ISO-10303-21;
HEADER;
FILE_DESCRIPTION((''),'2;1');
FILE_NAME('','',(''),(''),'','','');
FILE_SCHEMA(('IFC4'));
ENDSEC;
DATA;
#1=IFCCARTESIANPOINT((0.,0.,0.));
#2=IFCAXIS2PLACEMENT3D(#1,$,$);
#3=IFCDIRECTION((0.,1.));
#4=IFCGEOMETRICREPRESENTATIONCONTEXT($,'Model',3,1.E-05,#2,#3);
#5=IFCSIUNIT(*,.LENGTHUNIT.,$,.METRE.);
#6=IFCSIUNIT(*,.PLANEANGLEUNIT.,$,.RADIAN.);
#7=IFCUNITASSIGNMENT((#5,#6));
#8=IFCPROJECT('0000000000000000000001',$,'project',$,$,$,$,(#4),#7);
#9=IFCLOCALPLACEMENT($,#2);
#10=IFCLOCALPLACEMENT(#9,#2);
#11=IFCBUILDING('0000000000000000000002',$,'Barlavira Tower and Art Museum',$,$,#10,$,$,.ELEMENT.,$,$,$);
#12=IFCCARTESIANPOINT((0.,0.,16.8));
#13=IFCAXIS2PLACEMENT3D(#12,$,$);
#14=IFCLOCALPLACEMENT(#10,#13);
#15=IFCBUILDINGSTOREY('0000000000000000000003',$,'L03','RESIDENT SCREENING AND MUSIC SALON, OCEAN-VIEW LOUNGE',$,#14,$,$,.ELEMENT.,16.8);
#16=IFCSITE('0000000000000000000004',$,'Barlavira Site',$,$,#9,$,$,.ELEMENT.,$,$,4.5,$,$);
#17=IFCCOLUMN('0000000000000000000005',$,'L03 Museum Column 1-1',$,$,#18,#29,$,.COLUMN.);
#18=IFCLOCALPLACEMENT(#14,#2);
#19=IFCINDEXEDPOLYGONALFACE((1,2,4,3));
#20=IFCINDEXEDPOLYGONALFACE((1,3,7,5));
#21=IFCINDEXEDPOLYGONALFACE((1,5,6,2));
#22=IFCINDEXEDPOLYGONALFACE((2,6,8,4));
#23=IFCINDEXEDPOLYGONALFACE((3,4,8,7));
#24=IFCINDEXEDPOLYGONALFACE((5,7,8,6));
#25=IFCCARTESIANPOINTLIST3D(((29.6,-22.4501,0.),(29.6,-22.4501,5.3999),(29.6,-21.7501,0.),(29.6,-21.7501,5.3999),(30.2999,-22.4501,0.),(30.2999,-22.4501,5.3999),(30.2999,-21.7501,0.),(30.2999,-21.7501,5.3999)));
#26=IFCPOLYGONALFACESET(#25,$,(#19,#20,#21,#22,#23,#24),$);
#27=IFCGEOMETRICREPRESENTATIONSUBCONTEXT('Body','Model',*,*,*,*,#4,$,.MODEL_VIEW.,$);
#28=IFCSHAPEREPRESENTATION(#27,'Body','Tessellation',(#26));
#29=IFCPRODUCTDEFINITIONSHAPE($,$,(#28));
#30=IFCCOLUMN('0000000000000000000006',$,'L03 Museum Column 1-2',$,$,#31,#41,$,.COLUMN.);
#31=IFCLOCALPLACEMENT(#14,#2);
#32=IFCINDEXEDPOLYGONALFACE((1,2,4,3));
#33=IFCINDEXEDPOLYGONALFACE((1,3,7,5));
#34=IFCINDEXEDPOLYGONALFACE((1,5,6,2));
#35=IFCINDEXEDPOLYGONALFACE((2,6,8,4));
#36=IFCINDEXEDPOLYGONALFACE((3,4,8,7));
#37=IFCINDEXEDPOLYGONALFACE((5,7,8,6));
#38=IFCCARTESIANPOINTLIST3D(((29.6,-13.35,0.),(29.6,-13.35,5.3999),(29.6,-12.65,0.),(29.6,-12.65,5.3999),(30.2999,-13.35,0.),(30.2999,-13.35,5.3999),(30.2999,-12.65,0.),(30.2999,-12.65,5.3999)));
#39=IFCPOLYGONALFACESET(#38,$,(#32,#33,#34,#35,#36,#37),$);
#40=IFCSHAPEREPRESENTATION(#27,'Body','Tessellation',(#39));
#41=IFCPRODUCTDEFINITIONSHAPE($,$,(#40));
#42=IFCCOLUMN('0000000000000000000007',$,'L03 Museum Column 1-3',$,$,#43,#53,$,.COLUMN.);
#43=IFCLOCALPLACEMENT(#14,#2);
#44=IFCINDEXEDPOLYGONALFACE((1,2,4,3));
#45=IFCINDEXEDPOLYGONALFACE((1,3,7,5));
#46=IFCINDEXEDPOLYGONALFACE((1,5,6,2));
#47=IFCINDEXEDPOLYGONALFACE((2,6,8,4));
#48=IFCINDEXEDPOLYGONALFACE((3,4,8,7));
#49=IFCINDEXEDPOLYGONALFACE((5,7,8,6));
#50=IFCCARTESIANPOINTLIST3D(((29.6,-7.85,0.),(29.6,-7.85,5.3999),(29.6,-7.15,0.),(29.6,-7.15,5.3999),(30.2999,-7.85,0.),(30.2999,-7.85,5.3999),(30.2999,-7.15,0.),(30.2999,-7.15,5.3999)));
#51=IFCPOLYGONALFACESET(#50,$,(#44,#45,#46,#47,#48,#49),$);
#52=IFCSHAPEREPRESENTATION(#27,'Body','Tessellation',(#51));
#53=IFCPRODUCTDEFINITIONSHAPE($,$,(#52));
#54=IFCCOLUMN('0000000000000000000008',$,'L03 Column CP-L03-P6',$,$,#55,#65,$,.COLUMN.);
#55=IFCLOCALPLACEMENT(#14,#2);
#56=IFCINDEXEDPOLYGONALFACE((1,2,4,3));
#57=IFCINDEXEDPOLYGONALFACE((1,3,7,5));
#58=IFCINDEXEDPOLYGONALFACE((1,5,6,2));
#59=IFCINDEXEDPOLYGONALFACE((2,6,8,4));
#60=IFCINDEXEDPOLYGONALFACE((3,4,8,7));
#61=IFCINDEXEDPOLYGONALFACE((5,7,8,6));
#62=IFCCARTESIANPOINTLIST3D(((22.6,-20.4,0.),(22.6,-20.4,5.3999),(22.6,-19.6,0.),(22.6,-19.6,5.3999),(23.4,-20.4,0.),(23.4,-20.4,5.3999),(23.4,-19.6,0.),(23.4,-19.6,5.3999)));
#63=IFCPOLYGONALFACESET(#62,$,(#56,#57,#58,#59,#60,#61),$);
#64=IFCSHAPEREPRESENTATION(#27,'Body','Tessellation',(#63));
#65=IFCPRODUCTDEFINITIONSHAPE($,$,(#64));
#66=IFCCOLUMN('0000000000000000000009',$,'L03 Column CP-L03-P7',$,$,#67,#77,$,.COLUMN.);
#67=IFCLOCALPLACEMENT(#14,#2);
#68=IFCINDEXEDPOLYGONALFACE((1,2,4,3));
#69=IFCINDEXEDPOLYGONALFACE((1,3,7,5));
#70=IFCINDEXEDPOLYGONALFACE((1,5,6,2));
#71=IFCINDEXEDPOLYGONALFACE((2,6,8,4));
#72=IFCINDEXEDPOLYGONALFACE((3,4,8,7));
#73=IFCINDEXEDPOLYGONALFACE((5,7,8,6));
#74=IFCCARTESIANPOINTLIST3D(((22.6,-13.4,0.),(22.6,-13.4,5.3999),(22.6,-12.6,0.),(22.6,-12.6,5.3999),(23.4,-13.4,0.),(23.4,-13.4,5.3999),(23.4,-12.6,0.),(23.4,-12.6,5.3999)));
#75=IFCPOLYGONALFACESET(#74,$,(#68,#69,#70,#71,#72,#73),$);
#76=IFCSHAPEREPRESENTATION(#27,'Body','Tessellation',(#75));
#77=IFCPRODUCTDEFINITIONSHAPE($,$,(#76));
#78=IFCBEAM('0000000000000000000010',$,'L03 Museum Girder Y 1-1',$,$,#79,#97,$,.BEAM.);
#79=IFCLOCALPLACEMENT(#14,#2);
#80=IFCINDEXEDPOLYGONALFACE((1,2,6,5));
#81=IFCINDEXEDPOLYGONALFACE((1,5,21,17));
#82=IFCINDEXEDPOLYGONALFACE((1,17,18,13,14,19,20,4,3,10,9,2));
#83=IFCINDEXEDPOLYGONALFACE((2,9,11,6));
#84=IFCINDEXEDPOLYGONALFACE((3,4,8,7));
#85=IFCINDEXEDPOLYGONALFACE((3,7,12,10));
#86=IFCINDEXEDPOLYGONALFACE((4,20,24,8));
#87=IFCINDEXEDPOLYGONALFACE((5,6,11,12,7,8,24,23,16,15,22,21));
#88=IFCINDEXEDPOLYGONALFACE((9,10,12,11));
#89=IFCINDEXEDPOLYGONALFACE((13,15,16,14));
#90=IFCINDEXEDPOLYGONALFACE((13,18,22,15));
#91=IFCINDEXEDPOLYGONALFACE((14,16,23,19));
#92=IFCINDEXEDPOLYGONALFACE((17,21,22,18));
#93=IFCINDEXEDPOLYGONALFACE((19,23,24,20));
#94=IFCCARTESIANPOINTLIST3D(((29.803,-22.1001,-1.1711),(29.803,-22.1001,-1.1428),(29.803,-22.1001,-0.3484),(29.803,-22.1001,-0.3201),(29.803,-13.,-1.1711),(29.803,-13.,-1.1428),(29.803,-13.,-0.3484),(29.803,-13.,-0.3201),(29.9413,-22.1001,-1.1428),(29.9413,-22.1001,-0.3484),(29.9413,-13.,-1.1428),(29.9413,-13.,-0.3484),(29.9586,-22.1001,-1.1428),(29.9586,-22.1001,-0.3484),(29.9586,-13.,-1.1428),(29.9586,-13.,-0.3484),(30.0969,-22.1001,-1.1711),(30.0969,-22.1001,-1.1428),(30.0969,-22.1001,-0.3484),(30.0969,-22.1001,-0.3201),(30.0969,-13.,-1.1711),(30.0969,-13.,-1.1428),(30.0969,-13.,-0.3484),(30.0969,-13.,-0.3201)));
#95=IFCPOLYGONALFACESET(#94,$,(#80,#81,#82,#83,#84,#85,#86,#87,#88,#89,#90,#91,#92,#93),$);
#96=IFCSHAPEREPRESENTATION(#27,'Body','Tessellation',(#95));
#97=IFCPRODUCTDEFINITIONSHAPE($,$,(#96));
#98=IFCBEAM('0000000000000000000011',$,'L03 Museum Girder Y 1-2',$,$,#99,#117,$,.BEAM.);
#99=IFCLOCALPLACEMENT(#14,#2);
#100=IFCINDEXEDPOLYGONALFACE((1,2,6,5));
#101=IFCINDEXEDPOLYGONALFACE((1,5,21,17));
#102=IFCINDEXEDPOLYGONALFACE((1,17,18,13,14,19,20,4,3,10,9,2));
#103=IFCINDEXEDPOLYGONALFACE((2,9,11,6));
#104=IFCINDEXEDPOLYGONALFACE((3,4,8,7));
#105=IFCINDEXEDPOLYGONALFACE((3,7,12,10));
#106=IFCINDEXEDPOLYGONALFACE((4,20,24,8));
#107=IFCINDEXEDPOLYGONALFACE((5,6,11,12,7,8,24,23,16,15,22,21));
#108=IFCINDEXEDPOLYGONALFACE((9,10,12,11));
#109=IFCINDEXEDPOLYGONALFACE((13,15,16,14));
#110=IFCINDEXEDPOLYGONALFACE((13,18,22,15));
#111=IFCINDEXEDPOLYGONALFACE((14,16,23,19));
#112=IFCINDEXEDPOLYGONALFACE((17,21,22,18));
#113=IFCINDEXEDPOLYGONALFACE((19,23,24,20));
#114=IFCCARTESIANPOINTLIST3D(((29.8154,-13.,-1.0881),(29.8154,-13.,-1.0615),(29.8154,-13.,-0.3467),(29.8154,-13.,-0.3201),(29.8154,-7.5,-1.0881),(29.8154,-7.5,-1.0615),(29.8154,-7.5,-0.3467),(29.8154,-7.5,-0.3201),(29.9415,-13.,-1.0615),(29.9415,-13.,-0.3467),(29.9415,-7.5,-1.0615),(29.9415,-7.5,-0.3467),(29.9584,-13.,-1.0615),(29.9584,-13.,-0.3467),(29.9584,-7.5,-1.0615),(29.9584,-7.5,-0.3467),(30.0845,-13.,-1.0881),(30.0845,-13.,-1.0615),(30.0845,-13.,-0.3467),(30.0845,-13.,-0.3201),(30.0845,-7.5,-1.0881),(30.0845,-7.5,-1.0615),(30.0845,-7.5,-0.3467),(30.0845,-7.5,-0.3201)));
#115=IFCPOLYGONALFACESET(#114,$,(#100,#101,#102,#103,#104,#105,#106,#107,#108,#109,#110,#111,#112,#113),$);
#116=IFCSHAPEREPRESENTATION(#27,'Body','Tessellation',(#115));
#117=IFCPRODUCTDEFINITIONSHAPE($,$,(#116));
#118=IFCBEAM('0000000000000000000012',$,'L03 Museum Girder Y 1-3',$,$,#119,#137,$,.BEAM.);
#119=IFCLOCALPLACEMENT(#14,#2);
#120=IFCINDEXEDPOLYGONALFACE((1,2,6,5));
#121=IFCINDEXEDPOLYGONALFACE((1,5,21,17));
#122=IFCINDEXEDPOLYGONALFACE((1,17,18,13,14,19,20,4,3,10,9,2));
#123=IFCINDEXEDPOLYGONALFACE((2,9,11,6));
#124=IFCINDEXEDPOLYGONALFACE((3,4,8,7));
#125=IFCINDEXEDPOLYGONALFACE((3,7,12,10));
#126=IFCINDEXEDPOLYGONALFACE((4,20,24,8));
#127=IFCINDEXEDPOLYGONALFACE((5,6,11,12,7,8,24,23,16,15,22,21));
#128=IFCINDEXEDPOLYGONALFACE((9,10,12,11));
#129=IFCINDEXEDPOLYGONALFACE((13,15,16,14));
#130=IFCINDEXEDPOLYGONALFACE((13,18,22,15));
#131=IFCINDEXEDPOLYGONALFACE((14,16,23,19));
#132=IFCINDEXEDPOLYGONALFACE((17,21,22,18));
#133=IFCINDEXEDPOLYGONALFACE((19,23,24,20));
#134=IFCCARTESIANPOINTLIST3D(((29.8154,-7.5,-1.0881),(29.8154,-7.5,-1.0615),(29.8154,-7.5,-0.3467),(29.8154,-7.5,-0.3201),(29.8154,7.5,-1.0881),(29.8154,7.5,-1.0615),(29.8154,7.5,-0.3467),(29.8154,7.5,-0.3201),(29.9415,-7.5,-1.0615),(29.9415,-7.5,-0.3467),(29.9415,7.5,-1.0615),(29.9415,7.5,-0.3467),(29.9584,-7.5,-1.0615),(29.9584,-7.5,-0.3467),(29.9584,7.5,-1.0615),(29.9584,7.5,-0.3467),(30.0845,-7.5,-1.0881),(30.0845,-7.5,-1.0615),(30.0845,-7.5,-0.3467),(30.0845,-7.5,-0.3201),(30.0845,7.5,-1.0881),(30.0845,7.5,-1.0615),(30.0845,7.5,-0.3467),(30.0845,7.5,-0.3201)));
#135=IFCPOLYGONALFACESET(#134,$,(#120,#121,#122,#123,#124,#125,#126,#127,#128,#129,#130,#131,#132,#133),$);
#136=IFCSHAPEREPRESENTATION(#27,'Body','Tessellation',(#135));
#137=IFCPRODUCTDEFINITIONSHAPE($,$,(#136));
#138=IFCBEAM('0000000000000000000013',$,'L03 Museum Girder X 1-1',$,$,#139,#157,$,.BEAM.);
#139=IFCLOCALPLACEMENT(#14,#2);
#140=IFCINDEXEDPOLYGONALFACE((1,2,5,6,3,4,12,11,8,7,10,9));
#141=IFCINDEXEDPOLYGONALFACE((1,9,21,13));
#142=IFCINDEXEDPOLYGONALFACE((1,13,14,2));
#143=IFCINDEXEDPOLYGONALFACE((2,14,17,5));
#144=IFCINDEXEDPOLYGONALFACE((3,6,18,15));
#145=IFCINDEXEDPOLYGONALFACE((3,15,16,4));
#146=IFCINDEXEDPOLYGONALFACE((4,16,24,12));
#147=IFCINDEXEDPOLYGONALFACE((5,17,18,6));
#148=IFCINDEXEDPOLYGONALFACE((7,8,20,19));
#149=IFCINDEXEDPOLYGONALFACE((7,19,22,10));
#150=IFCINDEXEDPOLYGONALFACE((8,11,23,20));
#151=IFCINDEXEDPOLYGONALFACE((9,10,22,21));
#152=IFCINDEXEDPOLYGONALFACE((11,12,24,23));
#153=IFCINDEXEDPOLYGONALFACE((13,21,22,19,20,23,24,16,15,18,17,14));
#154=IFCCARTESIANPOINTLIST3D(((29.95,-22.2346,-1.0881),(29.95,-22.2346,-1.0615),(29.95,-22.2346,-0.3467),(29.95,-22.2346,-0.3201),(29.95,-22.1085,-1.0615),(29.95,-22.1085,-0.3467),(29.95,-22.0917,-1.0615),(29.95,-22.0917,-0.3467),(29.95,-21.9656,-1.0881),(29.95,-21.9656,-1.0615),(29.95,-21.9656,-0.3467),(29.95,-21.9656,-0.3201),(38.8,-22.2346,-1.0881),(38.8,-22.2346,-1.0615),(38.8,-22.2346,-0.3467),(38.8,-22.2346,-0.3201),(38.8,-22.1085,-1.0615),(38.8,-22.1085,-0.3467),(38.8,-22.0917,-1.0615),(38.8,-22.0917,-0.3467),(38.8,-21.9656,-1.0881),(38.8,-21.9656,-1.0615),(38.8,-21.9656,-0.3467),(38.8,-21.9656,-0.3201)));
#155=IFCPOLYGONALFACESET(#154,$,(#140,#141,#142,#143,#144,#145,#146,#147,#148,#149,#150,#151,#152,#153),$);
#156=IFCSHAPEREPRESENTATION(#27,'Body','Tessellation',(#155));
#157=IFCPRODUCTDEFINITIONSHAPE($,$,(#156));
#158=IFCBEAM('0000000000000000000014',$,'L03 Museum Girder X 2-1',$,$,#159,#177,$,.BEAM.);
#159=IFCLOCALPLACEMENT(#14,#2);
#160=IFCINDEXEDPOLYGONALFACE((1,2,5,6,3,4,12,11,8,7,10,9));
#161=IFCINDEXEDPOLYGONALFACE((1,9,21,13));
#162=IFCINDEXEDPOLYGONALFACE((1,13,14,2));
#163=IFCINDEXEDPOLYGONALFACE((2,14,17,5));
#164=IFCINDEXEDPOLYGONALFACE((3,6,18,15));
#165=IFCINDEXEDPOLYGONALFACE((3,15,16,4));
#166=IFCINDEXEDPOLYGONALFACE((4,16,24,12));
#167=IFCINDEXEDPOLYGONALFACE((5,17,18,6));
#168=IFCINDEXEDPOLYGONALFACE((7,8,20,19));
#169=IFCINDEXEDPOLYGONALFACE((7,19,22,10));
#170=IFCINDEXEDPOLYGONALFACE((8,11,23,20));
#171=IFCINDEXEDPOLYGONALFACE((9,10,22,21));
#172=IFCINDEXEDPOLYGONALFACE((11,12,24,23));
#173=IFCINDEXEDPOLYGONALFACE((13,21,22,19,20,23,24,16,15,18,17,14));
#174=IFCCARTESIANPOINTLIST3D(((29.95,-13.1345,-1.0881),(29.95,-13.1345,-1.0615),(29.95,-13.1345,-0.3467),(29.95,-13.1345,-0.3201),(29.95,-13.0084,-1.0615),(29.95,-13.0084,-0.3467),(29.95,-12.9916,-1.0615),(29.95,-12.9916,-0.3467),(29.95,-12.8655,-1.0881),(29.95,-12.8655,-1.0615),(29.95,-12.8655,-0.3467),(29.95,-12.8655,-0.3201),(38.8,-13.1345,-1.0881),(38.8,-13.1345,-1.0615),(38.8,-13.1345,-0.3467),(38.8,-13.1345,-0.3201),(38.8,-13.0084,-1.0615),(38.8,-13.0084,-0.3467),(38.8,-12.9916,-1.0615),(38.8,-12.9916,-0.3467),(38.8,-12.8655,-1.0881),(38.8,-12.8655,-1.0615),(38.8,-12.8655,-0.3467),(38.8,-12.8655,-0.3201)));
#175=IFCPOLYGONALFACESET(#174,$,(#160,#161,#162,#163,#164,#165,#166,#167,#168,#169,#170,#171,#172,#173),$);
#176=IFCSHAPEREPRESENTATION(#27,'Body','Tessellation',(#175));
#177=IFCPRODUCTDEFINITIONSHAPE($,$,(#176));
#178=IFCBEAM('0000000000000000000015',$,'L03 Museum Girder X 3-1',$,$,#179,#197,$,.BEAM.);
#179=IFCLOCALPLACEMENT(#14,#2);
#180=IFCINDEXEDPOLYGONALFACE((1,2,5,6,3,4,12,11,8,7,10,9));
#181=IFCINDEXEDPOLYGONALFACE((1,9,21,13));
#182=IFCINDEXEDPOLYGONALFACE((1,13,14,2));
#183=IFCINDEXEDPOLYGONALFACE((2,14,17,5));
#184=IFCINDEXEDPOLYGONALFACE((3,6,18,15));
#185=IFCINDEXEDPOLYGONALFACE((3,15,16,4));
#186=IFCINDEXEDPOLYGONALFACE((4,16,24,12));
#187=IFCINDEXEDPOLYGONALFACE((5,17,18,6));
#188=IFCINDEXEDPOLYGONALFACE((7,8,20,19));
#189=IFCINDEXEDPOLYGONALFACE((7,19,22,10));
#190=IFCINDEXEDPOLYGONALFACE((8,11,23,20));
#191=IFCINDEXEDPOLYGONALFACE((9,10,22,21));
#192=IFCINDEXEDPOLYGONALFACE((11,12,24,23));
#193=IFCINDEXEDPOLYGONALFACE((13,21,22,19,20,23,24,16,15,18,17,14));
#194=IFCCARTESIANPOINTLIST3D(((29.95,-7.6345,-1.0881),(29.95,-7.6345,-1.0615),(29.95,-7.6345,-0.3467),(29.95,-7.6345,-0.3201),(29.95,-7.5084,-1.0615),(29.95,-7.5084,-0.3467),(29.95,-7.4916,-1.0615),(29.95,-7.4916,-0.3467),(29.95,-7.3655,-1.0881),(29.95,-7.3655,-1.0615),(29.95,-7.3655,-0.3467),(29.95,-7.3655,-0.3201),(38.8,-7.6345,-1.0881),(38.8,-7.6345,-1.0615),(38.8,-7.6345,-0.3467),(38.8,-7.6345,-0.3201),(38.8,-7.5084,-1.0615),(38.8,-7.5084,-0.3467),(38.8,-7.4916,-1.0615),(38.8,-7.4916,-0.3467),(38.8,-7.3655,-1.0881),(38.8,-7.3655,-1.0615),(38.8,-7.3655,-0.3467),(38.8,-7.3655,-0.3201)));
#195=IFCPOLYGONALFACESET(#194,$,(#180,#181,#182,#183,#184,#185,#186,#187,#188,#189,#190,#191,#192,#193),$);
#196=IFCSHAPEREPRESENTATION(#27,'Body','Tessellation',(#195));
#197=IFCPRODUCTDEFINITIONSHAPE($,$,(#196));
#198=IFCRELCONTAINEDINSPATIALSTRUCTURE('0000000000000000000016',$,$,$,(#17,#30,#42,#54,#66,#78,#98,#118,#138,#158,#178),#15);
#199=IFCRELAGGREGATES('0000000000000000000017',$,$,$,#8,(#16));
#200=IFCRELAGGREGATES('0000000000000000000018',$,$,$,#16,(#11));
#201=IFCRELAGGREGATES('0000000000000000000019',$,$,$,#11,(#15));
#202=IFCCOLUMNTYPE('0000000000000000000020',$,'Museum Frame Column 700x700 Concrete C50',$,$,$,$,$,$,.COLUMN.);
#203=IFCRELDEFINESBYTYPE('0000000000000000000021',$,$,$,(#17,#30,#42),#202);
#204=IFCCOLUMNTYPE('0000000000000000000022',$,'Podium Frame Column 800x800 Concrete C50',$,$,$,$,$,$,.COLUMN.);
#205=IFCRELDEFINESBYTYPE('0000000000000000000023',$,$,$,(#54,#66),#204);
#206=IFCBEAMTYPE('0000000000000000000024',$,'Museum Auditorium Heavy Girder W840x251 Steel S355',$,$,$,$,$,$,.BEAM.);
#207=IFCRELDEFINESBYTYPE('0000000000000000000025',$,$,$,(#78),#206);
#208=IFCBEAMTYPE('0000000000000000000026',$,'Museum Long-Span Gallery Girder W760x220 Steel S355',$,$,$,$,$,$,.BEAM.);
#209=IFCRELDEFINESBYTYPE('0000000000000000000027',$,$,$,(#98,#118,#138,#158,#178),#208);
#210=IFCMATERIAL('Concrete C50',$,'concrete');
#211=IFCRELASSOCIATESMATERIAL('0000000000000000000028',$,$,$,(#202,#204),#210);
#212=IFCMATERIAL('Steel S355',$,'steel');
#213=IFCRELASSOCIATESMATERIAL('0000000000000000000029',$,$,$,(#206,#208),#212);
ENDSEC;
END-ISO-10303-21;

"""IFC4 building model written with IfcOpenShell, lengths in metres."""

from ifc_helpers import new_model, si_unit, direction, frame, origin, origin_2d, place, context, subcontext, project, spatial, rectangle, i_section, extrude, material, material_profile, profile_set, type_object, element, save


model = new_model("IFC4")

# Units and contexts
model_context = context("Model", 3, precision=1e-05, world=origin(), true_north=direction((0.0, 1.0)))
body_context = subcontext(model_context, "Body", "Model", "MODEL_VIEW")
ifc_project = project(units=[si_unit("LENGTHUNIT", "METRE"), si_unit("PLANEANGLEUNIT", "RADIAN")], contexts=[model_context])

# Site, building, storey
site_placement = place(None, origin())
site = spatial("IfcSite", under=ifc_project, at=site_placement, Name="Barlavira Site", CompositionType="ELEMENT", RefElevation=4.5)
building_placement = place(site_placement, origin())
building = spatial("IfcBuilding", under=site, at=building_placement, Name="Barlavira Tower and Art Museum", CompositionType="ELEMENT")
storey_placement = place(building_placement, frame((0.0, 0.0, 16.8)))
storey = spatial("IfcBuildingStorey", under=building, at=storey_placement, Name="L03", Description="RESIDENT SCREENING AND MUSIC SALON, OCEAN-VIEW LOUNGE", CompositionType="ELEMENT", Elevation=16.8)

# Columns
ifc_material_1 = material(Name="Concrete C50", Category="concrete")
ifc_material_profile_1 = material_profile(ifc_material_1, rectangle(XDim=0.7, YDim=0.7, at=origin_2d()), Name="RC-COL 700x700")
ifc_profile_set_1 = profile_set([ifc_material_profile_1], Name="Concrete C50")
column_type_1 = type_object("IfcColumnType", Name="Museum Frame Column 700x700 Concrete C50", PredefinedType="COLUMN", material=ifc_profile_set_1)
for number, where, z_axis, x_axis, name in (
    (1, (29.95, -22.1001, 0.0), (0.0, 0.0, 1.0), (1.0, 0.0, 0.0), "L03 Museum Column 1-1"),
    (2, (29.95, -13.0, 0.0), (0.0, 0.0, 1.0), (1.0, 0.0, 0.0), "L03 Museum Column 1-2"),
    (3, (29.95, -7.5, 0.0), (0.0, 0.0, 1.0), (1.0, 0.0, 0.0), "L03 Museum Column 1-3"),
):
    element("IfcColumn", number, at=place(storey_placement, frame(where, z_axis=z_axis, x_axis=x_axis)), inside=storey, type_object=column_type_1, Name=name, PredefinedType="COLUMN", context=body_context, shape_type="SweptSolid", body=[
        extrude(rectangle(XDim=0.7, YDim=0.7, at=origin_2d()), origin(), (0.0, 0.0, 1.0), 5.3999),
    ])
ifc_material_profile_2 = material_profile(ifc_material_1, rectangle(XDim=0.8, YDim=0.8, at=origin_2d()), Name="RC-COL 800x800")
ifc_profile_set_2 = profile_set([ifc_material_profile_2], Name="Concrete C50")
column_type_2 = type_object("IfcColumnType", Name="Podium Frame Column 800x800 Concrete C50", PredefinedType="COLUMN", material=ifc_profile_set_2)
for number, where, z_axis, x_axis, name in (
    (4, (23.0, -20.0, 0.0), (0.0, 0.0, 1.0), (1.0, 0.0, 0.0), "L03 Column CP-L03-P6"),
    (5, (23.0, -13.0, 0.0), (0.0, 0.0, 1.0), (1.0, 0.0, 0.0), "L03 Column CP-L03-P7"),
):
    element("IfcColumn", number, at=place(storey_placement, frame(where, z_axis=z_axis, x_axis=x_axis)), inside=storey, type_object=column_type_2, Name=name, PredefinedType="COLUMN", context=body_context, shape_type="SweptSolid", body=[
        extrude(rectangle(XDim=0.8, YDim=0.8, at=origin_2d()), origin(), (0.0, 0.0, 1.0), 5.3999),
    ])

# Beams
ifc_material_2 = material(Name="Steel S355", Category="steel")
ifc_material_profile_3 = material_profile(ifc_material_2, i_section(OverallWidth=0.2939, OverallDepth=0.8511, WebThickness=0.0173, FlangeThickness=0.0283, at=origin_2d()), Name="W840x251.0")
ifc_profile_set_3 = profile_set([ifc_material_profile_3], Name="Steel S355")
beam_type_1 = type_object("IfcBeamType", Name="Museum Auditorium Heavy Girder W840x251 Steel S355", PredefinedType="BEAM", material=ifc_profile_set_3)
beam_1_placement = place(storey_placement, frame((29.95, -22.1001, -0.7456), z_axis=(0.0, 1.0, 0.0), x_axis=(-1.0, 0.0, 0.0)))
element("IfcBeam", 6, at=beam_1_placement, inside=storey, type_object=beam_type_1, Name="L03 Museum Girder Y 1-1", PredefinedType="BEAM", context=body_context, shape_type="SweptSolid", body=[
    extrude(i_section(OverallWidth=0.2939, OverallDepth=0.8511, WebThickness=0.0173, FlangeThickness=0.0283, at=origin_2d()), origin(), (0.0, 0.0, 1.0), 9.1001),
])
ifc_material_profile_4 = material_profile(ifc_material_2, i_section(OverallWidth=0.269, OverallDepth=0.7681, WebThickness=0.0168, FlangeThickness=0.0266, at=origin_2d()), Name="W760x220.0")
ifc_profile_set_4 = profile_set([ifc_material_profile_4], Name="Steel S355")
beam_type_2 = type_object("IfcBeamType", Name="Museum Long-Span Gallery Girder W760x220 Steel S355", PredefinedType="BEAM", material=ifc_profile_set_4)
beam_2_placement = place(storey_placement, frame((29.95, -13.0, -0.7041), z_axis=(0.0, 1.0, 0.0), x_axis=(-1.0, 0.0, 0.0)))
element("IfcBeam", 7, at=beam_2_placement, inside=storey, type_object=beam_type_2, Name="L03 Museum Girder Y 1-2", PredefinedType="BEAM", context=body_context, shape_type="SweptSolid", body=[
    extrude(i_section(OverallWidth=0.269, OverallDepth=0.7681, WebThickness=0.0168, FlangeThickness=0.0266, at=origin_2d()), origin(), (0.0, 0.0, 1.0), 5.5),
])
beam_3_placement = place(storey_placement, frame((29.95, -7.5, -0.7041), z_axis=(0.0, 1.0, 0.0), x_axis=(-1.0, 0.0, 0.0)))
element("IfcBeam", 8, at=beam_3_placement, inside=storey, type_object=beam_type_2, Name="L03 Museum Girder Y 1-3", PredefinedType="BEAM", context=body_context, shape_type="SweptSolid", body=[
    extrude(i_section(OverallWidth=0.269, OverallDepth=0.7681, WebThickness=0.0168, FlangeThickness=0.0266, at=origin_2d()), origin(), (0.0, 0.0, 1.0), 15.0),
])
for number, where, z_axis, x_axis, name in (
    (9, (29.95, -22.1001, -0.7041), (1.0, 0.0, 0.0), (0.0, 1.0, 0.0), "L03 Museum Girder X 1-1"),
    (10, (29.95, -13.0, -0.7041), (1.0, 0.0, 0.0), (0.0, 1.0, 0.0), "L03 Museum Girder X 2-1"),
    (11, (29.95, -7.5, -0.7041), (1.0, 0.0, 0.0), (0.0, 1.0, 0.0), "L03 Museum Girder X 3-1"),
):
    element("IfcBeam", number, at=place(storey_placement, frame(where, z_axis=z_axis, x_axis=x_axis)), inside=storey, type_object=beam_type_2, Name=name, PredefinedType="BEAM", context=body_context, shape_type="SweptSolid", body=[
        extrude(i_section(OverallWidth=0.269, OverallDepth=0.7681, WebThickness=0.0168, FlangeThickness=0.0266, at=origin_2d()), origin(), (0.0, 0.0, 1.0), 8.8501),
    ])

save(model, "model.ifc")
